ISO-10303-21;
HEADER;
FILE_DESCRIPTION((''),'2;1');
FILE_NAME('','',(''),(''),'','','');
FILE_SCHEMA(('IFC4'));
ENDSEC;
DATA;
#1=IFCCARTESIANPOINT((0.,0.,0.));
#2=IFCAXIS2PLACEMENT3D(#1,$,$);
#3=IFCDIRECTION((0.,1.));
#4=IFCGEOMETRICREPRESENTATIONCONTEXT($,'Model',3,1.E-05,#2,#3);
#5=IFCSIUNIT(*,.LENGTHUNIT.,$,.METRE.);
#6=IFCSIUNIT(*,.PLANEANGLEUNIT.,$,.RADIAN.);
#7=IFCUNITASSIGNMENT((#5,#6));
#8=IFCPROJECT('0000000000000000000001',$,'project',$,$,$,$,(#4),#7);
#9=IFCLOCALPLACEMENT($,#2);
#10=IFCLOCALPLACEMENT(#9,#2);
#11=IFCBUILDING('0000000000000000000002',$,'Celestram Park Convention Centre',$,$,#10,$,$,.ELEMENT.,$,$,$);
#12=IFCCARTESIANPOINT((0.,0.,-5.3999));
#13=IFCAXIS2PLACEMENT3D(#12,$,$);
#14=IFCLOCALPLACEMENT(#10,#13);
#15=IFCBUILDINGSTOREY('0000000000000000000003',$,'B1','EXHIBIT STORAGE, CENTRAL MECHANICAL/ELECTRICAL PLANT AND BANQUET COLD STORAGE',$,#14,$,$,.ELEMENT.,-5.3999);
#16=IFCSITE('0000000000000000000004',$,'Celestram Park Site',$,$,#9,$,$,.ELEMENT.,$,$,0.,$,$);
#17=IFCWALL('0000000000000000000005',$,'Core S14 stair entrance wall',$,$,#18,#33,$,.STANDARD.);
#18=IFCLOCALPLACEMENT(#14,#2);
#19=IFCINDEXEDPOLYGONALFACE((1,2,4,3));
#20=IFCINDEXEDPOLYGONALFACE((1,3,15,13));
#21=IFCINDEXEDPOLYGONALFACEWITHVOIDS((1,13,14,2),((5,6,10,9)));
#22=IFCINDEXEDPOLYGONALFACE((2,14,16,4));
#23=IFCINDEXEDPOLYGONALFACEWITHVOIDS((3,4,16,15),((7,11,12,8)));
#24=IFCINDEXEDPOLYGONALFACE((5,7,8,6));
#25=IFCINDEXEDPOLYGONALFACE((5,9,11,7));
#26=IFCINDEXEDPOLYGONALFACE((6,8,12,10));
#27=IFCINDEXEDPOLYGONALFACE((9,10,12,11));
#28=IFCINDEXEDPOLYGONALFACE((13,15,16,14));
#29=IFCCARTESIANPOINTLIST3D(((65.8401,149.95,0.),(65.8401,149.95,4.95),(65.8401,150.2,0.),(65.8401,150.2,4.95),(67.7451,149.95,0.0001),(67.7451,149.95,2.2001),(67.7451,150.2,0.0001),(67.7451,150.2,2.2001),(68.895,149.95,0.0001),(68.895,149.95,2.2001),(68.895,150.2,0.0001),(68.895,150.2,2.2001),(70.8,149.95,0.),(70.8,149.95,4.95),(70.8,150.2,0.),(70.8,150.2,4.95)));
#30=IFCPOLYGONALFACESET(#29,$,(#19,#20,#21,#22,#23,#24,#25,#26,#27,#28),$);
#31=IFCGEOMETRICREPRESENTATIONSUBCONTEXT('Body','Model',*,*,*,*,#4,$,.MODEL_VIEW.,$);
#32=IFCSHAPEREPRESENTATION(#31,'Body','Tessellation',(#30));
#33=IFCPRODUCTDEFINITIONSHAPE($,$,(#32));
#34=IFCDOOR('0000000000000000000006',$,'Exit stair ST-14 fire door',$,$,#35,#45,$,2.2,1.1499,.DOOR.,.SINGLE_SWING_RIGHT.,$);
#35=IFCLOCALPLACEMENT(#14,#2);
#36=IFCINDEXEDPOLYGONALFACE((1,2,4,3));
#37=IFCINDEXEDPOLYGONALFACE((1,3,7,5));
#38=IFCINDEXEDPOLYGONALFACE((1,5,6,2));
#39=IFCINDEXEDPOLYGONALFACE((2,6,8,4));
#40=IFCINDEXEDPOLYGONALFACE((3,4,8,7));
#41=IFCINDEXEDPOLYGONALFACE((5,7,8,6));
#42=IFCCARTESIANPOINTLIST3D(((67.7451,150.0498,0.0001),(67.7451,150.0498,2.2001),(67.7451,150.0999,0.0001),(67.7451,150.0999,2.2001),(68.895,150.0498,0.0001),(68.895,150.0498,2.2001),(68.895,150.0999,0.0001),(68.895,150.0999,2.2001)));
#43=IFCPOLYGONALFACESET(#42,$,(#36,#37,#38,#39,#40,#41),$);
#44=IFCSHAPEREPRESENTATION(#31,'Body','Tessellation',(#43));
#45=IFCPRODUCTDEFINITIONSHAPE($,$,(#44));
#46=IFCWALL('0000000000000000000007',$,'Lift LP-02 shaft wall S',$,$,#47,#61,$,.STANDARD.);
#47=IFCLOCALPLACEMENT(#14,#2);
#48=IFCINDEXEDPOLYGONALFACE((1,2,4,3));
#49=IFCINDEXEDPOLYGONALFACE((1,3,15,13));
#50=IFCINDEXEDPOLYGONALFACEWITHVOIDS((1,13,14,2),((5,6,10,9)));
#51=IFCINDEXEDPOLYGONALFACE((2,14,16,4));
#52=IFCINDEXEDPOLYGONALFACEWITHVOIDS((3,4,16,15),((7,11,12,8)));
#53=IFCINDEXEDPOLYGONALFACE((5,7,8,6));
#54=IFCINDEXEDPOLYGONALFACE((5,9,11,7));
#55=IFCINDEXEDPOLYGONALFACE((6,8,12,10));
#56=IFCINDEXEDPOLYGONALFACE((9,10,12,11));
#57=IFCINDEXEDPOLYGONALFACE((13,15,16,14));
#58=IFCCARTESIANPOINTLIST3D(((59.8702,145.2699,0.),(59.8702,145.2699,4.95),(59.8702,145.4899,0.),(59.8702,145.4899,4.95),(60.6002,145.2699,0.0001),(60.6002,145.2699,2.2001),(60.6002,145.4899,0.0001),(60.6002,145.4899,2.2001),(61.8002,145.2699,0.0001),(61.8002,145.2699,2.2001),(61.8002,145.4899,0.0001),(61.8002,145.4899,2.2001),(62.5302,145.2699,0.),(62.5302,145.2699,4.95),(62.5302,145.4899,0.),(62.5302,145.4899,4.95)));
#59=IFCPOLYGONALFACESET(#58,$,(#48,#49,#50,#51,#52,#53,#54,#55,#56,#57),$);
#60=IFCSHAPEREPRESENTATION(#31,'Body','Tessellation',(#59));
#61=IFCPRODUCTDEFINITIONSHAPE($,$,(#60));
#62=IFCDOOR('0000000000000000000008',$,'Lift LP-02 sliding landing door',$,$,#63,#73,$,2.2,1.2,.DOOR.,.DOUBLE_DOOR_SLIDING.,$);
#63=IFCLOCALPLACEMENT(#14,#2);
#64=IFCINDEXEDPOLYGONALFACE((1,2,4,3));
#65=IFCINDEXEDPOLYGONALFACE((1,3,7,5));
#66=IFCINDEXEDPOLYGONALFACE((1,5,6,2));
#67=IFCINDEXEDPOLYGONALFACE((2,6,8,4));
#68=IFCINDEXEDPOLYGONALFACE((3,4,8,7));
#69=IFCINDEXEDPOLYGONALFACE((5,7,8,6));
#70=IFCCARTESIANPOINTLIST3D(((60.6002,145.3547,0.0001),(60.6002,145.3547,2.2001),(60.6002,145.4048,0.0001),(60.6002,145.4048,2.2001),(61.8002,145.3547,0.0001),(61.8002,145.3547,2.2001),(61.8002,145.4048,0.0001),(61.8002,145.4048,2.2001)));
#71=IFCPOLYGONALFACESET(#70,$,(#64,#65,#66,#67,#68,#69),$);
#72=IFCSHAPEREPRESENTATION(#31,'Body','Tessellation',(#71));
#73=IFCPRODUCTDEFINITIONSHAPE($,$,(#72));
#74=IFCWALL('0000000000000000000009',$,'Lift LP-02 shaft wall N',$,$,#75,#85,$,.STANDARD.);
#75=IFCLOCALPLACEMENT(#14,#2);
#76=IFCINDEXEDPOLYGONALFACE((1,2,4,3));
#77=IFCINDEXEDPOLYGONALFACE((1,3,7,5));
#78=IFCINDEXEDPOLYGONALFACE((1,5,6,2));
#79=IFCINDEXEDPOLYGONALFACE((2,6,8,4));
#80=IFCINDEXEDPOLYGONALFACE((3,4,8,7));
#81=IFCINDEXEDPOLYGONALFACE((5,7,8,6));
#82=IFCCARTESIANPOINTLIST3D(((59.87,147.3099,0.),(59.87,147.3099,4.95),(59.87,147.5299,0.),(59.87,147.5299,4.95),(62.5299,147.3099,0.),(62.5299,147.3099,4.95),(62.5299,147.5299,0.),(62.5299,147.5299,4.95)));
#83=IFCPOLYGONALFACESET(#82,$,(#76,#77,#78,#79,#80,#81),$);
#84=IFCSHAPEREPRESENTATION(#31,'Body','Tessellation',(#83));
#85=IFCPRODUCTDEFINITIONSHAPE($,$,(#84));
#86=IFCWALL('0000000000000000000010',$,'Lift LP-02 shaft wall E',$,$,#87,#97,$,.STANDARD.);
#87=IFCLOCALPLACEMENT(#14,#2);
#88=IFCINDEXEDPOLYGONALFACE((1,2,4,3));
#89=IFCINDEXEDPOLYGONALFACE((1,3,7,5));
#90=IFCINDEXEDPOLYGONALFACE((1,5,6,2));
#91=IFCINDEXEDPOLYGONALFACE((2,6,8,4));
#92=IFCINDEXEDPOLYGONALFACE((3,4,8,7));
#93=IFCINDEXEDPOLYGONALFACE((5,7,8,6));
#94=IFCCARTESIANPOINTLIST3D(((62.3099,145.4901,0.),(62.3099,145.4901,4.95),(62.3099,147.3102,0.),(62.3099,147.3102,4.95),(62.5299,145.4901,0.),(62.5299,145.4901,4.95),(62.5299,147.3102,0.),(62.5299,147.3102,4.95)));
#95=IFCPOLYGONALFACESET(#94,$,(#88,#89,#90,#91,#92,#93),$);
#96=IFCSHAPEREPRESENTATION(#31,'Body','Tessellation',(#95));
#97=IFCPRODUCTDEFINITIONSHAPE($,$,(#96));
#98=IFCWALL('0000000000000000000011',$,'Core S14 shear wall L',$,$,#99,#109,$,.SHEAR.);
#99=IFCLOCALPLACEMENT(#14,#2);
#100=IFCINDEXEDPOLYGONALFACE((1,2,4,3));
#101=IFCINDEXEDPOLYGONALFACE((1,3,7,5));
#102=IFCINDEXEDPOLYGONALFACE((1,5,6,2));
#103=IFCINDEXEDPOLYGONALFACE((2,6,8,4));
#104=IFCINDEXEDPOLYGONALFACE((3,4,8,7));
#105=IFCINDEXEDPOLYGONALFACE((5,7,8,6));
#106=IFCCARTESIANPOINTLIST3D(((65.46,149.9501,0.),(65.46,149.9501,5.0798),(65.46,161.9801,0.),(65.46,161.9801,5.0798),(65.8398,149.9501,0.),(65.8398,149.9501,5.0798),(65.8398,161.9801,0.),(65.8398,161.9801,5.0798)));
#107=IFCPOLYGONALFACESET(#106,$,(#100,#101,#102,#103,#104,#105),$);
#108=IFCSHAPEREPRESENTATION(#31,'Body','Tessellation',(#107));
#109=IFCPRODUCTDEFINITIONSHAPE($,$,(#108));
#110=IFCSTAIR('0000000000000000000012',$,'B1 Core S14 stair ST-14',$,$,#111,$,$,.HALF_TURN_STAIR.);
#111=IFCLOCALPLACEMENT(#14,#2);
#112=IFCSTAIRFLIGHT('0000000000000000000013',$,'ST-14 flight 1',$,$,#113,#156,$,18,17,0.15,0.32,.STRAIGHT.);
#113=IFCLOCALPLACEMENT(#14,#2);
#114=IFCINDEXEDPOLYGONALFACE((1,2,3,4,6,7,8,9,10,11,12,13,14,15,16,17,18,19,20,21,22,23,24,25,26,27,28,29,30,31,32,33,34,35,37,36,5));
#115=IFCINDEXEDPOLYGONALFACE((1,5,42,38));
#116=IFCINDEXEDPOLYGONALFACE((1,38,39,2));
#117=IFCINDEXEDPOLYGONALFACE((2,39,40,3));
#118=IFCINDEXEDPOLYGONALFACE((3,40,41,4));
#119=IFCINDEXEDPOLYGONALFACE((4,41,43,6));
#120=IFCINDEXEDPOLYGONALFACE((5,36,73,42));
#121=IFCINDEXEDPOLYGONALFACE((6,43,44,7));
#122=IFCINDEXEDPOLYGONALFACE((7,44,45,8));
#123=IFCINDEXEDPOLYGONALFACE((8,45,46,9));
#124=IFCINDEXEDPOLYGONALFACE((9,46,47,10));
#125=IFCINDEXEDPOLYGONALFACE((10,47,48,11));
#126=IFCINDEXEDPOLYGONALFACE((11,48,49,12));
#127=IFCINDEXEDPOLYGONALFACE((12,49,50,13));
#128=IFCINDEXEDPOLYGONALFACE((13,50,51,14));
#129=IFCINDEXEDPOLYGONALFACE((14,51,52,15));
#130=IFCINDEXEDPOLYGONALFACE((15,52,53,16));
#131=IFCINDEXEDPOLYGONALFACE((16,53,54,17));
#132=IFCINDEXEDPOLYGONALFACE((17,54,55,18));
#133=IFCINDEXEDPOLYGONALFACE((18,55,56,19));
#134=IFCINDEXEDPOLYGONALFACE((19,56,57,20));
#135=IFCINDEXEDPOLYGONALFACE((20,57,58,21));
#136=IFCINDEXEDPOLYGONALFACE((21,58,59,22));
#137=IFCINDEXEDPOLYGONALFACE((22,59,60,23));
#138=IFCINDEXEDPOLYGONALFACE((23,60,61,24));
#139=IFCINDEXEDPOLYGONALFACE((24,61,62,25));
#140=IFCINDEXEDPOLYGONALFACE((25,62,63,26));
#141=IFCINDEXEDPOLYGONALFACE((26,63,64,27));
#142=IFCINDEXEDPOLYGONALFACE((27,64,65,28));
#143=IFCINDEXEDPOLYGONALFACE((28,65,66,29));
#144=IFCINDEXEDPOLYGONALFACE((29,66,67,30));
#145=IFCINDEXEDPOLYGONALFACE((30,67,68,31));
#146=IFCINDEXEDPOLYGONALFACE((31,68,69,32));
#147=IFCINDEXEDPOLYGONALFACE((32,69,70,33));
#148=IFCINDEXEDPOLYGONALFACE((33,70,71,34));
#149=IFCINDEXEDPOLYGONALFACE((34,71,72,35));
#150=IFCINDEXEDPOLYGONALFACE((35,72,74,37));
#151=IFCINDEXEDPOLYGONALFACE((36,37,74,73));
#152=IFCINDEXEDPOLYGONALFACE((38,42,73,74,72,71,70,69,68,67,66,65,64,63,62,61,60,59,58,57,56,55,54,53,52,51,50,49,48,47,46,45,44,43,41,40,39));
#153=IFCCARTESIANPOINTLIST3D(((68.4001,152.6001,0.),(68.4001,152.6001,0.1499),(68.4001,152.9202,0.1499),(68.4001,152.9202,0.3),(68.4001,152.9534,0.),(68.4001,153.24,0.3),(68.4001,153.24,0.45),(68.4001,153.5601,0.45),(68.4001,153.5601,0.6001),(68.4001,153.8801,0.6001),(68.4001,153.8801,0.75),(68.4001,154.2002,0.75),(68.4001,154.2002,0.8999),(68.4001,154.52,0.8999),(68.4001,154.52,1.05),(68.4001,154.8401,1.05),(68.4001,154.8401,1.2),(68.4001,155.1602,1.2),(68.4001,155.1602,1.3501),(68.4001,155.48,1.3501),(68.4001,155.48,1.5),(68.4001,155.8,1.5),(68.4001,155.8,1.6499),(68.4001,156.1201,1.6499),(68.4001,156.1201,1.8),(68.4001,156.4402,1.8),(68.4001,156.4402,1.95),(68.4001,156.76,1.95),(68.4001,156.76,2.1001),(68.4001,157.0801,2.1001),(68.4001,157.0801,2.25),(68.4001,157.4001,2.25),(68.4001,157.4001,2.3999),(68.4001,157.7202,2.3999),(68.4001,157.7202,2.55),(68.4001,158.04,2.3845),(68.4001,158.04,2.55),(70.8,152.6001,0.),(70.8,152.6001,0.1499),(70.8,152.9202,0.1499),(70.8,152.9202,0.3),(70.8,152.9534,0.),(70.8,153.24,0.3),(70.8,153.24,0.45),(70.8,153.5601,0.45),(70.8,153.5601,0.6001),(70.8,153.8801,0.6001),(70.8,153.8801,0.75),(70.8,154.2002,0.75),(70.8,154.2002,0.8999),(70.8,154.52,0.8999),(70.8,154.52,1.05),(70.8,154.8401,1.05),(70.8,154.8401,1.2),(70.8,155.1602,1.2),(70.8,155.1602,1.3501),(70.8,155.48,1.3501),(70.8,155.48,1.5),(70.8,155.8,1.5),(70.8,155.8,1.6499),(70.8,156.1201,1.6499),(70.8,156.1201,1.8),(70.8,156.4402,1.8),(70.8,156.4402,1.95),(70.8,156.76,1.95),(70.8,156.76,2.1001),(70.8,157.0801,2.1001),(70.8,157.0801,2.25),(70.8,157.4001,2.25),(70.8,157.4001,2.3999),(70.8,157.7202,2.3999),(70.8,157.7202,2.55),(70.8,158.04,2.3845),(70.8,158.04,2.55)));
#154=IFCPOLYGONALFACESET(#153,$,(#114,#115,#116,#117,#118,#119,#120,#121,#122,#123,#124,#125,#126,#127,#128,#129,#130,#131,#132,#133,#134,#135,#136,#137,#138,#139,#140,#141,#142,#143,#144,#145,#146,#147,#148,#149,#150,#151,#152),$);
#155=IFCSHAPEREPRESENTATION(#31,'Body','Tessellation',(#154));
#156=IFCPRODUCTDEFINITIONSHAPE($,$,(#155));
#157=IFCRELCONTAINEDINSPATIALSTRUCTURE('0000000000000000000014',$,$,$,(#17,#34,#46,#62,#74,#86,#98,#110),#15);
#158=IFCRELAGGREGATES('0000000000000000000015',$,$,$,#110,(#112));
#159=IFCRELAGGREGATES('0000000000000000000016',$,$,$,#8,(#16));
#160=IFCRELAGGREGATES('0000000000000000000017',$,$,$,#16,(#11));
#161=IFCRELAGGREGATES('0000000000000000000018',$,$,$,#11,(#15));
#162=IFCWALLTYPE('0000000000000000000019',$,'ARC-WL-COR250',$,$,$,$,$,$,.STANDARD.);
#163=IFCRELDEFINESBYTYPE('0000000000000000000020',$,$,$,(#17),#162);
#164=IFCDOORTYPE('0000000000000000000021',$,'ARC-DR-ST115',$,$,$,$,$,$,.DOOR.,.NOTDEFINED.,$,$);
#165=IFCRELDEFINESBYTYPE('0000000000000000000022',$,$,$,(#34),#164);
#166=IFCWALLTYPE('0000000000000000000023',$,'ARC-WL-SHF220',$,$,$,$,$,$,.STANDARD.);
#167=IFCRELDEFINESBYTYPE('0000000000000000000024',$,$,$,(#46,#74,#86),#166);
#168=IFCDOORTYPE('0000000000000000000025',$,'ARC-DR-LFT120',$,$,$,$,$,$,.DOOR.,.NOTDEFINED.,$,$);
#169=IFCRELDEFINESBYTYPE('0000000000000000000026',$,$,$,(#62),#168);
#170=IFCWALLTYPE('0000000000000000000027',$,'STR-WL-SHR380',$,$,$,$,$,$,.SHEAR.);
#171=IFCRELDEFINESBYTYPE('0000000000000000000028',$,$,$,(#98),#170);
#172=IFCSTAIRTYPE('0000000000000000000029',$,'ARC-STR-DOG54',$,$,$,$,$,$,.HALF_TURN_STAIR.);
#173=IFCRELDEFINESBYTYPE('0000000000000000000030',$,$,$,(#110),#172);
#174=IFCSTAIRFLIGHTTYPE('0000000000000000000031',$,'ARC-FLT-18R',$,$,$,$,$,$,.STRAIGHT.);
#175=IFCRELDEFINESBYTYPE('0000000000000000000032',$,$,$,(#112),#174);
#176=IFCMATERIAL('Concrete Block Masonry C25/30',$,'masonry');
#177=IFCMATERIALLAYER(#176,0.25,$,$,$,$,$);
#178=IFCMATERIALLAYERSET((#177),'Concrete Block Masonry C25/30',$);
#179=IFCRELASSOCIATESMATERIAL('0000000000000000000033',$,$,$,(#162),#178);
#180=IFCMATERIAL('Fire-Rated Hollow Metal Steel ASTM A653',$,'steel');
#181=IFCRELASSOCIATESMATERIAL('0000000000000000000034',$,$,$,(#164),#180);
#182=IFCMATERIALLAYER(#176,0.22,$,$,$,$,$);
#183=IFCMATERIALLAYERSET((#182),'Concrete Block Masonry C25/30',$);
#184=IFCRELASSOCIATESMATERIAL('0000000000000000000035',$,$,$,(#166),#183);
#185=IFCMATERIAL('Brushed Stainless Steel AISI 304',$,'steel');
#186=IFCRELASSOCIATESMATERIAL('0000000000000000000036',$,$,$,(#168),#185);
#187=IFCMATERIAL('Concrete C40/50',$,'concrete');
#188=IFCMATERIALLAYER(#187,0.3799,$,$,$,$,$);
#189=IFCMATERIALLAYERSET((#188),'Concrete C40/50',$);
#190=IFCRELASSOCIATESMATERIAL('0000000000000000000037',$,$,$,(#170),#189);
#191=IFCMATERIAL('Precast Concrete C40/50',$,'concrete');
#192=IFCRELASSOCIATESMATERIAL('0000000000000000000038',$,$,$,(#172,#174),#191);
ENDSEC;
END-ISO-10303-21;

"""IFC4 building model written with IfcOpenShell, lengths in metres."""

from ifc_helpers import new_model, si_unit, direction, frame, frame_2d, origin, place, context, subcontext, project, spatial, polyline, rectangle, outline, extrude, material, layer, layer_set, type_object, element, fill, aggregate, save


model = new_model("IFC4")

# Units and contexts
model_context = context("Model", 3, precision=1e-05, world=origin(), true_north=direction((0.0, 1.0)))
body_context = subcontext(model_context, "Body", "Model", "MODEL_VIEW")
ifc_project = project(units=[si_unit("LENGTHUNIT", "METRE"), si_unit("PLANEANGLEUNIT", "RADIAN")], contexts=[model_context])

# Site, building, storey
site_placement = place(None, origin())
site = spatial("IfcSite", under=ifc_project, at=site_placement, Name="Celestram Park Site", CompositionType="ELEMENT", RefElevation=0.0)
building_placement = place(site_placement, origin())
building = spatial("IfcBuilding", under=site, at=building_placement, Name="Celestram Park Convention Centre", CompositionType="ELEMENT")
storey_placement = place(building_placement, frame((0.0, 0.0, -5.3999)))
storey = spatial("IfcBuildingStorey", under=building, at=storey_placement, Name="B1", Description="EXHIBIT STORAGE, CENTRAL MECHANICAL/ELECTRICAL PLANT AND BANQUET COLD STORAGE", CompositionType="ELEMENT", Elevation=-5.3999)

# Shared definitions
ifc_material_1 = material(Name="Concrete C40/50", Category="concrete")

# Walls, openings, doors
ifc_material_2 = material(Name="Concrete Block Masonry C25/30", Category="masonry")
ifc_layer_1 = layer(ifc_material_2, 0.25)
ifc_layer_set_1 = layer_set([ifc_layer_1], Name="Concrete Block Masonry C25/30")
wall_type_1 = type_object("IfcWallType", Name="ARC-WL-COR250", PredefinedType="STANDARD", material=ifc_layer_set_1)
wall_1_placement = place(storey_placement, frame((65.8401, 150.075, 0.0), z_axis=(0.0, 0.0, 1.0), x_axis=(1.0, 0.0, 0.0)))
wall_1 = element("IfcWall", 1, at=wall_1_placement, inside=storey, type_object=wall_type_1, Name="Core S14 stair entrance wall", PredefinedType="STANDARD", context=body_context, shape_type="SweptSolid", body=[
    extrude(rectangle(XDim=4.96, YDim=0.25, at=frame_2d((2.48, 0.0))), origin(), (0.0, 0.0, 1.0), 4.95),
])
opening_1_placement = place(wall_1_placement, frame((1.905, 0.0, 0.0)))
opening_1 = element("IfcOpeningElement", 2, at=opening_1_placement, cuts=wall_1, PredefinedType="OPENING", context=body_context, shape_type="SweptSolid", body=[
    extrude(rectangle(XDim=1.1499, YDim=2.2, at=frame_2d((0.575, 1.1001))), frame((0.0, 0.135, 0.0), z_axis=(0.0, -1.0, 0.0), x_axis=(1.0, 0.0, 0.0)), (0.0, 0.0, 1.0), 0.27),
])
ifc_material_3 = material(Name="Fire-Rated Hollow Metal Steel ASTM A653", Category="steel")
door_type_1 = type_object("IfcDoorType", Name="ARC-DR-ST115", OperationType="NOTDEFINED", PredefinedType="DOOR", material=ifc_material_3)
door_1_placement = place(opening_1_placement, origin())
door_1 = element("IfcDoor", 3, at=door_1_placement, inside=storey, type_object=door_type_1, Name="Exit stair ST-14 fire door", OperationType="SINGLE_SWING_RIGHT", OverallHeight=2.2, OverallWidth=1.1499, PredefinedType="DOOR", context=body_context, shape_type="SweptSolid", body=[
    extrude(rectangle(XDim=1.1499, YDim=2.2, at=frame_2d((0.575, 1.1001))), frame((0.0, 0.0249, 0.0), z_axis=(0.0, -1.0, 0.0), x_axis=(1.0, 0.0, 0.0)), (0.0, 0.0, 1.0), 0.05),
])
fill(opening_1, door_1)
ifc_layer_2 = layer(ifc_material_2, 0.22)
ifc_layer_set_2 = layer_set([ifc_layer_2], Name="Concrete Block Masonry C25/30")
wall_type_2 = type_object("IfcWallType", Name="ARC-WL-SHF220", PredefinedType="STANDARD", material=ifc_layer_set_2)
wall_2_placement = place(storey_placement, frame((59.8701, 145.3799, 0.0), z_axis=(0.0, 0.0, 1.0), x_axis=(1.0, 0.0, 0.0)))
wall_2 = element("IfcWall", 4, at=wall_2_placement, inside=storey, type_object=wall_type_2, Name="Lift LP-02 shaft wall S", PredefinedType="STANDARD", context=body_context, shape_type="SweptSolid", body=[
    extrude(rectangle(XDim=2.6599, YDim=0.22, at=frame_2d((1.3301, 0.0))), origin(), (0.0, 0.0, 1.0), 4.95),
])
opening_2_placement = place(wall_2_placement, frame((0.73, 0.0, 0.0)))
opening_2 = element("IfcOpeningElement", 5, at=opening_2_placement, cuts=wall_2, PredefinedType="OPENING", context=body_context, shape_type="SweptSolid", body=[
    extrude(rectangle(XDim=1.2, YDim=2.2, at=frame_2d((0.6001, 1.1001))), frame((0.0, 0.1199, 0.0), z_axis=(0.0, -1.0, 0.0), x_axis=(1.0, 0.0, 0.0)), (0.0, 0.0, 1.0), 0.24),
])
ifc_material_4 = material(Name="Brushed Stainless Steel AISI 304", Category="steel")
door_type_2 = type_object("IfcDoorType", Name="ARC-DR-LFT120", OperationType="NOTDEFINED", PredefinedType="DOOR", material=ifc_material_4)
door_2_placement = place(opening_2_placement, origin())
door_2 = element("IfcDoor", 6, at=door_2_placement, inside=storey, type_object=door_type_2, Name="Lift LP-02 sliding landing door", OperationType="DOUBLE_DOOR_SLIDING", OverallHeight=2.2, OverallWidth=1.2, PredefinedType="DOOR", context=body_context, shape_type="SweptSolid", body=[
    extrude(rectangle(XDim=1.2, YDim=2.2, at=frame_2d((0.6001, 1.1001))), frame((0.0, 0.0249, 0.0), z_axis=(0.0, -1.0, 0.0), x_axis=(1.0, 0.0, 0.0)), (0.0, 0.0, 1.0), 0.05),
])
fill(opening_2, door_2)

# Walls
wall_3_placement = place(storey_placement, frame((62.53, 147.4199, 0.0), z_axis=(0.0, 0.0, 1.0), x_axis=(-1.0, 0.0, 0.0)))
element("IfcWall", 7, at=wall_3_placement, inside=storey, type_object=wall_type_2, Name="Lift LP-02 shaft wall N", PredefinedType="STANDARD", context=body_context, shape_type="SweptSolid", body=[
    extrude(rectangle(XDim=2.6599, YDim=0.22, at=frame_2d((1.3301, 0.0))), origin(), (0.0, 0.0, 1.0), 4.95),
])
for number, where, z_axis, x_axis, name in (
    (8, (62.4199, 145.49, 0.0), (0.0, 0.0, 1.0), (0.0, 1.0, 0.0), "Lift LP-02 shaft wall E"),
):
    element("IfcWall", number, at=place(storey_placement, frame(where, z_axis=z_axis, x_axis=x_axis)), inside=storey, type_object=wall_type_2, Name=name, PredefinedType="STANDARD", context=body_context, shape_type="SweptSolid", body=[
        extrude(rectangle(XDim=1.8201, YDim=0.22, at=frame_2d((0.9102, 0.0))), origin(), (0.0, 0.0, 1.0), 4.95),
    ])
ifc_layer_3 = layer(ifc_material_1, 0.3799)
ifc_layer_set_3 = layer_set([ifc_layer_3], Name="Concrete C40/50")
wall_type_3 = type_object("IfcWallType", Name="STR-WL-SHR380", PredefinedType="SHEAR", material=ifc_layer_set_3)
wall_4_placement = place(storey_placement, frame((65.6499, 149.95, 0.0), z_axis=(0.0, 0.0, 1.0), x_axis=(0.0, 1.0, 0.0)))
element("IfcWall", 9, at=wall_4_placement, inside=storey, type_object=wall_type_3, Name="Core S14 shear wall L", PredefinedType="SHEAR", context=body_context, shape_type="SweptSolid", body=[
    extrude(rectangle(XDim=12.03, YDim=0.3799, at=frame_2d((6.0151, 0.0))), origin(), (0.0, 0.0, 1.0), 5.0798),
])

# Stair, stair flight
ifc_material_5 = material(Name="Precast Concrete C40/50", Category="concrete")
stair_type = type_object("IfcStairType", Name="ARC-STR-DOG54", PredefinedType="HALF_TURN_STAIR", material=ifc_material_5)
stair_placement = place(storey_placement, origin())
stair = element("IfcStair", 10, at=stair_placement, inside=storey, type_object=stair_type, Name="B1 Core S14 stair ST-14", PredefinedType="HALF_TURN_STAIR")
stair_flight_type = type_object("IfcStairFlightType", Name="ARC-FLT-18R", PredefinedType="STRAIGHT", material=ifc_material_5)
stair_flight_placement = place(storey_placement, frame((69.6001, 152.6001, 0.0), z_axis=(0.0, 0.0, 1.0), x_axis=(0.0, 1.0, 0.0)))
stair_flight = element("IfcStairFlight", 11, at=stair_flight_placement, type_object=stair_flight_type, Name="ST-14 flight 1", NumberOfRisers=18, NumberOfTreads=17, PredefinedType="STRAIGHT", RiserHeight=0.15, TreadLength=0.32, context=body_context, shape_type="SweptSolid", body=[
    extrude(outline(polyline([(0.0, 0.0), (0.0, 0.1499), (0.3201, 0.1499), (0.3201, 0.3), (0.6399, 0.3), (0.6399, 0.45), (0.96, 0.45), (0.96, 0.6001), (1.28, 0.6001), (1.28, 0.75), (1.6001, 0.75), (1.6001, 0.8999), (1.9199, 0.8999), (1.9199, 1.05), (2.24, 1.05), (2.24, 1.2), (2.5601, 1.2), (2.5601, 1.3501), (2.8799, 1.3501), (2.8799, 1.5), (3.2, 1.5), (3.2, 1.6499), (3.52, 1.6499), (3.52, 1.8), (3.8401, 1.8), (3.8401, 1.95), (4.1599, 1.95), (4.1599, 2.1001), (4.48, 2.1001), (4.48, 2.25), (4.8, 2.25), (4.8, 2.3999), (5.1201, 2.3999), (5.1201, 2.55), (5.4399, 2.55), (5.4399, 2.7), (5.4399, 2.3845), (0.3533, 0.0), (0.0, 0.0)])), frame((0.0, 1.2, 0.0), z_axis=(0.0, -1.0, 0.0), x_axis=(1.0, 0.0, 0.0)), (0.0, 0.0, 1.0), 2.3999),
])
aggregate(stair, [stair_flight])

save(model, "model.ifc")
